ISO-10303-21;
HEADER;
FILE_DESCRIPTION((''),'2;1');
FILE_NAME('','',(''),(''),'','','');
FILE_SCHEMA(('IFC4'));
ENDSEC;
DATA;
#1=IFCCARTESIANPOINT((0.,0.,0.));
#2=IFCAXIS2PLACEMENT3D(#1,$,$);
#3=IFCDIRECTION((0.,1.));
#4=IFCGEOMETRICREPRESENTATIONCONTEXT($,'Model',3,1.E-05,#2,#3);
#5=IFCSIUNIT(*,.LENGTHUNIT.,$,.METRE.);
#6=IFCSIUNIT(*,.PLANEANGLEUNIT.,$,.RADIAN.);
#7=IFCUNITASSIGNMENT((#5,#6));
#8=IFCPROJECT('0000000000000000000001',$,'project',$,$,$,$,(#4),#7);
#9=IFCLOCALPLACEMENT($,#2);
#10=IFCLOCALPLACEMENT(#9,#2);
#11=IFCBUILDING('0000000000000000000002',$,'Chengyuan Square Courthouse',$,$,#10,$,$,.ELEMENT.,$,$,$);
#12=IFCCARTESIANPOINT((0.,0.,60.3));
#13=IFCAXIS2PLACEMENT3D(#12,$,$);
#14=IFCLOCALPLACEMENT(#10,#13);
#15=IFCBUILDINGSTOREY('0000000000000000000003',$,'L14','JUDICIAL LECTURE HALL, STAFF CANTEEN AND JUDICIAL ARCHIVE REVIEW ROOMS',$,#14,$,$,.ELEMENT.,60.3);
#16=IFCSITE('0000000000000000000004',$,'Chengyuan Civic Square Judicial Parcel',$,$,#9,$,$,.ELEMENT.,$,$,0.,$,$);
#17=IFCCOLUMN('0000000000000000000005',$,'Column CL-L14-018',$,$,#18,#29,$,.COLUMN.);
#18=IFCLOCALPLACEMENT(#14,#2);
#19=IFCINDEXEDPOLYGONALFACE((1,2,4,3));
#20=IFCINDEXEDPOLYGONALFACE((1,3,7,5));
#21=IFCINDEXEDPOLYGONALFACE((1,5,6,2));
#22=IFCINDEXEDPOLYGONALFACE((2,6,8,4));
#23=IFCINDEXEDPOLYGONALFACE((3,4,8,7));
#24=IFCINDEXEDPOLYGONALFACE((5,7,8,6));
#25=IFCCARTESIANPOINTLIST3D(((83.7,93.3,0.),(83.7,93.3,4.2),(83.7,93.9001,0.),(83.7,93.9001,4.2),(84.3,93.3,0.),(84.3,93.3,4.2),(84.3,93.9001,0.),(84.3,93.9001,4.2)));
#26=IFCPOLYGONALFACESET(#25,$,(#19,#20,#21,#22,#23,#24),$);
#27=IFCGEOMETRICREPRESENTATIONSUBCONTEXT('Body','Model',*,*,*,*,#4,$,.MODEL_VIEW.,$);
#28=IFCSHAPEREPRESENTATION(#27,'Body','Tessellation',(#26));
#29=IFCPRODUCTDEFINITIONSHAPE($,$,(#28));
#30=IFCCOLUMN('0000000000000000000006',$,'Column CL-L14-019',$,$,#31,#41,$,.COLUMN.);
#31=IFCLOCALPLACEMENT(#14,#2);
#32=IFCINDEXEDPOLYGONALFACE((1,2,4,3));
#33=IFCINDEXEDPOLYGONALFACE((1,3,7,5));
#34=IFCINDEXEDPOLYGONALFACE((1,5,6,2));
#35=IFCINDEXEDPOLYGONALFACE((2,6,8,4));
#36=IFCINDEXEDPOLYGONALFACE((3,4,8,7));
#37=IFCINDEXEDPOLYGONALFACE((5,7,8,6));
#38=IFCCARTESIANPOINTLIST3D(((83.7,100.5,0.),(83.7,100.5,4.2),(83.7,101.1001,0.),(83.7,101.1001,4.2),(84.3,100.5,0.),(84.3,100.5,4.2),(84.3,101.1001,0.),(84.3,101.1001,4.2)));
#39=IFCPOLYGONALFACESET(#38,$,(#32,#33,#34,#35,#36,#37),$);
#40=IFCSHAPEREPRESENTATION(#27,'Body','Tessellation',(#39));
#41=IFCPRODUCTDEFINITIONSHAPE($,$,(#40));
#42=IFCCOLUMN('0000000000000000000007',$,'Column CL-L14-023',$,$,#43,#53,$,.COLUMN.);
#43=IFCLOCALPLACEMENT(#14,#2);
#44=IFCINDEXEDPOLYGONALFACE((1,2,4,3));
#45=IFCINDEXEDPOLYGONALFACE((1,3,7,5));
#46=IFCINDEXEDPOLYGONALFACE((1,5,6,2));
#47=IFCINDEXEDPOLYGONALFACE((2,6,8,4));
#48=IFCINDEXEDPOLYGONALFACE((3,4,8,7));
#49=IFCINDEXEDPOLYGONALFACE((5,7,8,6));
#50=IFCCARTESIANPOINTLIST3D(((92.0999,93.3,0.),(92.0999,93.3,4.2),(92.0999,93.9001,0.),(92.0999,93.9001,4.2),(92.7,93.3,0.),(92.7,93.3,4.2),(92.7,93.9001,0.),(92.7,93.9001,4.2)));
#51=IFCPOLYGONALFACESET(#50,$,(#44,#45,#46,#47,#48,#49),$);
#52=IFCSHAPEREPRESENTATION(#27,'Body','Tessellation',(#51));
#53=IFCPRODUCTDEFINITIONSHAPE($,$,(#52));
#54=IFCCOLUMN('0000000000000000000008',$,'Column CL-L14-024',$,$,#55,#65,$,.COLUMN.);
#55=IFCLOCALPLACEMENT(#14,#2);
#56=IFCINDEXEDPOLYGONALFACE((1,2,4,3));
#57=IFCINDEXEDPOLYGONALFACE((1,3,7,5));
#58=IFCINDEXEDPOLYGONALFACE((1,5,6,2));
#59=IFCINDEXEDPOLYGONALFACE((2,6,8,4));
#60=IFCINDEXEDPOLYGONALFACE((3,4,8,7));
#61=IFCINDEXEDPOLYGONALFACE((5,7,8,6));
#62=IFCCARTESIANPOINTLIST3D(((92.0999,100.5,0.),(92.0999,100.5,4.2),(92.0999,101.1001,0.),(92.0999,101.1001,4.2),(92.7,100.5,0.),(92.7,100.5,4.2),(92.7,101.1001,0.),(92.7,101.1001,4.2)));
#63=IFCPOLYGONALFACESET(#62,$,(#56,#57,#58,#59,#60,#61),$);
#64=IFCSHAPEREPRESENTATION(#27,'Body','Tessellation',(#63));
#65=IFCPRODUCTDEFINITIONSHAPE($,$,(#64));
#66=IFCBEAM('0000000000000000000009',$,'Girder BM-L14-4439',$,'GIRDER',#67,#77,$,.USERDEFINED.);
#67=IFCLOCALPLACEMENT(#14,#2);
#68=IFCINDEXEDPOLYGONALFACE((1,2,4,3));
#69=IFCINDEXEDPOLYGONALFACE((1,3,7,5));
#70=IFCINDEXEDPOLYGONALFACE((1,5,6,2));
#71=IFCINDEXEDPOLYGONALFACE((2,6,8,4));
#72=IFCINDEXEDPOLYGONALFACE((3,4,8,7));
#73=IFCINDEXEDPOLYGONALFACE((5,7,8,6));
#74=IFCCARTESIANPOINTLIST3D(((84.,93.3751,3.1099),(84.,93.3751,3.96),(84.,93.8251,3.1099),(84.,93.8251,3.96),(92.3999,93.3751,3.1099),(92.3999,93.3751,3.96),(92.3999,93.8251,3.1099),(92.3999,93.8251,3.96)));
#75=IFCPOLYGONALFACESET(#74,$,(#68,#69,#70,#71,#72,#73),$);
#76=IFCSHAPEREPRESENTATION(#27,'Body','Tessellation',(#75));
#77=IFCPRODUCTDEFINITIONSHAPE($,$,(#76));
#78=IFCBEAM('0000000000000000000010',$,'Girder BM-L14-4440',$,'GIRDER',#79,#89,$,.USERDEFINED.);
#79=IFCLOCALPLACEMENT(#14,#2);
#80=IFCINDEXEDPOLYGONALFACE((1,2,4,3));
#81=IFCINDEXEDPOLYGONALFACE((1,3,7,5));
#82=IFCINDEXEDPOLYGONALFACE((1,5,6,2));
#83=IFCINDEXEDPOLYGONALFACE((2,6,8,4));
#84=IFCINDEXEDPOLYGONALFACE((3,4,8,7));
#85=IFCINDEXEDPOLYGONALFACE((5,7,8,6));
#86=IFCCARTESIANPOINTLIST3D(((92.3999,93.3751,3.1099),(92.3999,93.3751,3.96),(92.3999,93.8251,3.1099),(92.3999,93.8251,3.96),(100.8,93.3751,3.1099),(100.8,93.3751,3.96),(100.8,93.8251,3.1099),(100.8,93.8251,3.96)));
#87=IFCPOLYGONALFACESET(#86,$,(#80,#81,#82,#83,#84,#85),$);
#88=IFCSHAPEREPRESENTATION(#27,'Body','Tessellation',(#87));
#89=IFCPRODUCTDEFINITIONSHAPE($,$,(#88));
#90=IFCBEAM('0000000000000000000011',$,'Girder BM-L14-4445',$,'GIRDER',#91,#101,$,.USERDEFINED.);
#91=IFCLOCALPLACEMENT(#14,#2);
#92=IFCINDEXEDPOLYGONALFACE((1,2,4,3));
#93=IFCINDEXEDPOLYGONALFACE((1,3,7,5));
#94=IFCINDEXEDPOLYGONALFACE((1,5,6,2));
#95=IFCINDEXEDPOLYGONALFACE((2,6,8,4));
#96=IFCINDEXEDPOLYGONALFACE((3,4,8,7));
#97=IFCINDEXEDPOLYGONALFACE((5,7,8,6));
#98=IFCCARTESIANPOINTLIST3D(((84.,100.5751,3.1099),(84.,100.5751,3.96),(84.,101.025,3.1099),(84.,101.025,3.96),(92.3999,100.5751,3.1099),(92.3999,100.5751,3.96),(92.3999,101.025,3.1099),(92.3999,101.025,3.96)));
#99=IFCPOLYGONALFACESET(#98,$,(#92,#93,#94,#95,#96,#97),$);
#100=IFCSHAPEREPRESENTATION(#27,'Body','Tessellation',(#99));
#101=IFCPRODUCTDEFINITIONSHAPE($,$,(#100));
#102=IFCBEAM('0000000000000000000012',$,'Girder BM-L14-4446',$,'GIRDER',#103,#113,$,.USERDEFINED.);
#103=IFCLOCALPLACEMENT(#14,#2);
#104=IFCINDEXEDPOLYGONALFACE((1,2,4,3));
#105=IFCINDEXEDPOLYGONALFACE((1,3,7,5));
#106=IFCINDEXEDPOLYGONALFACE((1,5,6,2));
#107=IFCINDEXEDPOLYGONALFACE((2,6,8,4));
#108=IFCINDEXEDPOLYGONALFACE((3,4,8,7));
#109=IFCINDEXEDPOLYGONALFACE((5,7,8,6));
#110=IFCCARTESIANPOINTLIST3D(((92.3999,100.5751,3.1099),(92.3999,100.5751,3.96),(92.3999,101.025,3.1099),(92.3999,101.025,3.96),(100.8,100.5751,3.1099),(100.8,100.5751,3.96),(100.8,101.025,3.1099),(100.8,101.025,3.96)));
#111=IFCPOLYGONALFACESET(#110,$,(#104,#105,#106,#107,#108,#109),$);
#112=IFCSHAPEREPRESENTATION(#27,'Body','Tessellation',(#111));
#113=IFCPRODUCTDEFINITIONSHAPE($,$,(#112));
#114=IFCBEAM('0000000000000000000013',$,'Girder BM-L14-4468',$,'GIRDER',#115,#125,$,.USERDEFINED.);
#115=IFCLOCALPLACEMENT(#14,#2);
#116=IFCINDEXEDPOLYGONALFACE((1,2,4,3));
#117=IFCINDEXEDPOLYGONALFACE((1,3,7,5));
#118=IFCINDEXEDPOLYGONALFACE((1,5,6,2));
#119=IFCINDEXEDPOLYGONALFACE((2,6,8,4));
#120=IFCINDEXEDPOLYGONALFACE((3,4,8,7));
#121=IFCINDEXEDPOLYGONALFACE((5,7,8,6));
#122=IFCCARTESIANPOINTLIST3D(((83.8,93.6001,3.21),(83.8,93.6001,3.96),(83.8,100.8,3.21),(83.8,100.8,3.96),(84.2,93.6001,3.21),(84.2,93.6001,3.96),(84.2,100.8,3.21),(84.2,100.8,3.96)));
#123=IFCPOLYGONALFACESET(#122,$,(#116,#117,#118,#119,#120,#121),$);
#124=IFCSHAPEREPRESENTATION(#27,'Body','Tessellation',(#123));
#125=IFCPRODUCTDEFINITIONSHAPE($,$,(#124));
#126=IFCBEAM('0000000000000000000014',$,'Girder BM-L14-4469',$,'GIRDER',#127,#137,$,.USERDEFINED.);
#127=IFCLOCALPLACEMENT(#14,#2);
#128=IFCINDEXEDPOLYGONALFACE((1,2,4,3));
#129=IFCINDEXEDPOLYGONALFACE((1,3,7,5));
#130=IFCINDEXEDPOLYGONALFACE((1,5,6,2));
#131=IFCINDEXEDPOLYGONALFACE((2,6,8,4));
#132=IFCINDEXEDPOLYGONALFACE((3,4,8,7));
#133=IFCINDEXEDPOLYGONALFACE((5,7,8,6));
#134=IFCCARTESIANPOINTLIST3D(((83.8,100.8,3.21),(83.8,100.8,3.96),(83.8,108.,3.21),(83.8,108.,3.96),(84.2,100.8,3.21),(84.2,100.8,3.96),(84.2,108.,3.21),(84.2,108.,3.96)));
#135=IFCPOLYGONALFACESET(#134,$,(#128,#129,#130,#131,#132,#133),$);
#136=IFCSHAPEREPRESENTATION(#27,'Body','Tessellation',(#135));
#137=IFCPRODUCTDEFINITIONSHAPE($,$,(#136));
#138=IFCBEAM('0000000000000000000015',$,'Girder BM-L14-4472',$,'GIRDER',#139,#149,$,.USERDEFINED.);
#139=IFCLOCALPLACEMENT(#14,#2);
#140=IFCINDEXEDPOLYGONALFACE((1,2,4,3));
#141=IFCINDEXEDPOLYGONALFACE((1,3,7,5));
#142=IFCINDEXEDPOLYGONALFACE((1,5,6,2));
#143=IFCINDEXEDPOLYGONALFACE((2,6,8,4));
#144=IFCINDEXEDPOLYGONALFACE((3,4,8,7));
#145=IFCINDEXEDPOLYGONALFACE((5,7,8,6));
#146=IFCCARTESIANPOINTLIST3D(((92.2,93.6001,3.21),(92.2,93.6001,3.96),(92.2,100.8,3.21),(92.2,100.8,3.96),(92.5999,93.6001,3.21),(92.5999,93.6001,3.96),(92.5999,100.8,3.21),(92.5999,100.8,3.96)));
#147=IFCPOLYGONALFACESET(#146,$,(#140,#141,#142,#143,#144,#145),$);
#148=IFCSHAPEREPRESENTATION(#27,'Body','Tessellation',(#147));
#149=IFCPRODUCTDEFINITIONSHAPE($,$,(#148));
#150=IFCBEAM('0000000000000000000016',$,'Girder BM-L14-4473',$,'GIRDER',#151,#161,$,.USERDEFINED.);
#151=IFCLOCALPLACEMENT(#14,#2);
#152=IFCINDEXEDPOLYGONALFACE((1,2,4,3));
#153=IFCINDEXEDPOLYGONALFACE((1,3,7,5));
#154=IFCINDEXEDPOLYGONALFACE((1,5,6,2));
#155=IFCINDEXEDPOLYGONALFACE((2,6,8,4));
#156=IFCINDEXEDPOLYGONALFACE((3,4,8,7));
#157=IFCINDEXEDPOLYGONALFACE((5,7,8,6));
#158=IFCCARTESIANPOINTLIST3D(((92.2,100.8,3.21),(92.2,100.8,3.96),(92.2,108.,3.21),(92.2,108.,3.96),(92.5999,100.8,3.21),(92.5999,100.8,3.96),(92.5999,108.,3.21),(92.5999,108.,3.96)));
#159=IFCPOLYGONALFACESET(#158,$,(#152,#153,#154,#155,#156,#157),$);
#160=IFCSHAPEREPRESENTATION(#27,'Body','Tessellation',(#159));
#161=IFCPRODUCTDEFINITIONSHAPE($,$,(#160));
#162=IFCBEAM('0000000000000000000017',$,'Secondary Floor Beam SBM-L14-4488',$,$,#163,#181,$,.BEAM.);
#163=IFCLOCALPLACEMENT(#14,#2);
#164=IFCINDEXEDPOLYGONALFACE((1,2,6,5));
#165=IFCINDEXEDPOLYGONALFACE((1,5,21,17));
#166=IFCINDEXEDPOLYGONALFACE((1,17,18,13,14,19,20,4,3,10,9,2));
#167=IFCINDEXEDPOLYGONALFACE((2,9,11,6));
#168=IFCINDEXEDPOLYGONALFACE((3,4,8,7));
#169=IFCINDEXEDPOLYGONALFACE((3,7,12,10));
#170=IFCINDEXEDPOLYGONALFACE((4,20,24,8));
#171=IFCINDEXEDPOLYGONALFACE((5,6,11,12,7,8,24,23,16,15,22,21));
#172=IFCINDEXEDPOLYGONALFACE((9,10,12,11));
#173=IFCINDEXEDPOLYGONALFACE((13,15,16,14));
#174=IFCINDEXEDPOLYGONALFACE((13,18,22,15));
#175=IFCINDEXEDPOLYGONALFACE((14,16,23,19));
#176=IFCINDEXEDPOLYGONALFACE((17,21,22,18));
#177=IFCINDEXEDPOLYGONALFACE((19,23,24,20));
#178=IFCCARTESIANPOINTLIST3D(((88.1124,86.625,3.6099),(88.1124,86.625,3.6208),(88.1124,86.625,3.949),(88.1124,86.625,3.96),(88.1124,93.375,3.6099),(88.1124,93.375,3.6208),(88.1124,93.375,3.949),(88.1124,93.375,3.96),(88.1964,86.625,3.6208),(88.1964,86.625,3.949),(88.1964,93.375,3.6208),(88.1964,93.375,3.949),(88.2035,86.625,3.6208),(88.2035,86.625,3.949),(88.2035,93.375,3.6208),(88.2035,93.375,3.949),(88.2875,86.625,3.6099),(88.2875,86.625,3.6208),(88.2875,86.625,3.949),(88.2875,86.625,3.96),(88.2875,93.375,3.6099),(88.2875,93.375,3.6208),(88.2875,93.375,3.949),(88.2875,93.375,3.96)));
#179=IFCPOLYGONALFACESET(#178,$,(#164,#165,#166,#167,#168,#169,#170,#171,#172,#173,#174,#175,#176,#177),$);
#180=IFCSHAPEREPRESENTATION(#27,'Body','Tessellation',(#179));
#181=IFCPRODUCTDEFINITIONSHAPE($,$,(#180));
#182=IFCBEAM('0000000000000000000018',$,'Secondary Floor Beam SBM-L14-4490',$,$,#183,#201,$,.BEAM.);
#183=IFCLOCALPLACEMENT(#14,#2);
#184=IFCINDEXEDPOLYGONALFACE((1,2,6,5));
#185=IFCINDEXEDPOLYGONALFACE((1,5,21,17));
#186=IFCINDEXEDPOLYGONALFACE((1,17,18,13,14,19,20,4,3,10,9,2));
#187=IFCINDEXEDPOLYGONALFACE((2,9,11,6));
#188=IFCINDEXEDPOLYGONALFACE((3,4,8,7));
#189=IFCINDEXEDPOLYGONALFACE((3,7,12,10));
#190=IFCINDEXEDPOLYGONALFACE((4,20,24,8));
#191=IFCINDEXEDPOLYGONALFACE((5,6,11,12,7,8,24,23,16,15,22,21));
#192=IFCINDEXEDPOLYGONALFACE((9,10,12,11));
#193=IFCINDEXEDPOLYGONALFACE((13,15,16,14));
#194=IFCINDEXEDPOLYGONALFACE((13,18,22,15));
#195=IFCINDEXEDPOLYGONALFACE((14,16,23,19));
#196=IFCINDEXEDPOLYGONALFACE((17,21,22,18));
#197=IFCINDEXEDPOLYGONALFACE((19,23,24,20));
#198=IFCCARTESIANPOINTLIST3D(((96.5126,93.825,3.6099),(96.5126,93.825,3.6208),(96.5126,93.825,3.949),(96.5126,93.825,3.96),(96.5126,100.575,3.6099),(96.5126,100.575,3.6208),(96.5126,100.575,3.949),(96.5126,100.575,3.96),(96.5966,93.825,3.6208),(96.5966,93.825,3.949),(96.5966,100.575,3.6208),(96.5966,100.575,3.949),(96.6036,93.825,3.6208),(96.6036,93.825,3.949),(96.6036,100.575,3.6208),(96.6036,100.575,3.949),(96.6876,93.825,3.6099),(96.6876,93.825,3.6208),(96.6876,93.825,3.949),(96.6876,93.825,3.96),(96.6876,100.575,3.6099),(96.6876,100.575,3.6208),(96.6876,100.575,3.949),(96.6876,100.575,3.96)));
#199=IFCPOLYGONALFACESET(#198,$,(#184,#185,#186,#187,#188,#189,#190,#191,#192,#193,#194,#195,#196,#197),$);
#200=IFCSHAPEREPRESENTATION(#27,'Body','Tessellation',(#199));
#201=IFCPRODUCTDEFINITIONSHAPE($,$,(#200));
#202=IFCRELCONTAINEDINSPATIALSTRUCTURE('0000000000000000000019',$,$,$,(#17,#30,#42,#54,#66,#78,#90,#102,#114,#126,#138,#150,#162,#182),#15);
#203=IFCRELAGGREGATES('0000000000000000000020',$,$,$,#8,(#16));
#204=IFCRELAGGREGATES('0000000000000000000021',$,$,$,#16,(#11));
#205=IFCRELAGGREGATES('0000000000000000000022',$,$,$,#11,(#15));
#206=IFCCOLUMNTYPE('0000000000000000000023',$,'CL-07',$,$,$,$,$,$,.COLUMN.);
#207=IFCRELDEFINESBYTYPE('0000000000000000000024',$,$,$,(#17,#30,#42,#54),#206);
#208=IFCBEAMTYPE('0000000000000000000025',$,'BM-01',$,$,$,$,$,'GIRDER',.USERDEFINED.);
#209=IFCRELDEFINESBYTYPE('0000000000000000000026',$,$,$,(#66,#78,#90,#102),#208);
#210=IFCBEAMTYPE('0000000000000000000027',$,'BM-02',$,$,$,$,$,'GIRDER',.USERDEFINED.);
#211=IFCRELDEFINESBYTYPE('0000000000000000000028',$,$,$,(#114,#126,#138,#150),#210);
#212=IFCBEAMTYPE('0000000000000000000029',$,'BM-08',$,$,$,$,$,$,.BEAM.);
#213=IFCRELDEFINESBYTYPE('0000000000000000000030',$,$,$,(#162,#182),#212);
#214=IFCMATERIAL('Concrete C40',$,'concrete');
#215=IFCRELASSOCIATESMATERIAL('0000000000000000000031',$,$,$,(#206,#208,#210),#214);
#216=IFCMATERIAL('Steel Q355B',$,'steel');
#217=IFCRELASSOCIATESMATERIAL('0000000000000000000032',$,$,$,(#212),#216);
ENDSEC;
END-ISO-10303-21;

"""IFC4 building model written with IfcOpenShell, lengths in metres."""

from ifc_helpers import new_model, si_unit, direction, frame, origin, origin_2d, place, context, subcontext, project, spatial, rectangle, i_section, extrude, material, material_profile, profile_set, type_object, element, save


model = new_model("IFC4")

# Units and contexts
model_context = context("Model", 3, precision=1e-05, world=origin(), true_north=direction((0.0, 1.0)))
body_context = subcontext(model_context, "Body", "Model", "MODEL_VIEW")
ifc_project = project(units=[si_unit("LENGTHUNIT", "METRE"), si_unit("PLANEANGLEUNIT", "RADIAN")], contexts=[model_context])

# Site, building, storey
site_placement = place(None, origin())
site = spatial("IfcSite", under=ifc_project, at=site_placement, Name="Chengyuan Civic Square Judicial Parcel", CompositionType="ELEMENT", RefElevation=0.0)
building_placement = place(site_placement, origin())
building = spatial("IfcBuilding", under=site, at=building_placement, Name="Chengyuan Square Courthouse", CompositionType="ELEMENT")
storey_placement = place(building_placement, frame((0.0, 0.0, 60.3)))
storey = spatial("IfcBuildingStorey", under=building, at=storey_placement, Name="L14", Description="JUDICIAL LECTURE HALL, STAFF CANTEEN AND JUDICIAL ARCHIVE REVIEW ROOMS", CompositionType="ELEMENT", Elevation=60.3)

# Columns
ifc_material_1 = material(Name="Concrete C40", Category="concrete")
ifc_material_profile_1 = material_profile(ifc_material_1, rectangle(XDim=0.6001, YDim=0.6001, at=origin_2d()), Name="RC-COL-600x600")
ifc_profile_set_1 = profile_set([ifc_material_profile_1], Name="Concrete C40")
column_type = type_object("IfcColumnType", Name="CL-07", PredefinedType="COLUMN", material=ifc_profile_set_1)
for number, where, z_axis, x_axis, name in (
    (1, (84.0, 93.6001, 0.0), (0.0, 0.0, 1.0), (1.0, 0.0, 0.0), "Column CL-L14-018"),
    (2, (84.0, 100.8, 0.0), (0.0, 0.0, 1.0), (1.0, 0.0, 0.0), "Column CL-L14-019"),
    (3, (92.3999, 93.6001, 0.0), (0.0, 0.0, 1.0), (1.0, 0.0, 0.0), "Column CL-L14-023"),
    (4, (92.3999, 100.8, 0.0), (0.0, 0.0, 1.0), (1.0, 0.0, 0.0), "Column CL-L14-024"),
):
    element("IfcColumn", number, at=place(storey_placement, frame(where, z_axis=z_axis, x_axis=x_axis)), inside=storey, type_object=column_type, Name=name, PredefinedType="COLUMN", context=body_context, shape_type="SweptSolid", body=[
        extrude(rectangle(XDim=0.6001, YDim=0.6001, at=origin_2d()), origin(), (0.0, 0.0, 1.0), 4.2),
    ])

# Beams
ifc_material_profile_2 = material_profile(ifc_material_1, rectangle(XDim=0.45, YDim=0.8501, at=origin_2d()), Name="RC-BM-450x850")
ifc_profile_set_2 = profile_set([ifc_material_profile_2], Name="Concrete C40")
beam_type_1 = type_object("IfcBeamType", Name="BM-01", ElementType="GIRDER", PredefinedType="USERDEFINED", material=ifc_profile_set_2)
beam_1_placement = place(storey_placement, frame((84.0, 93.6001, 3.5349), z_axis=(1.0, 0.0, 0.0), x_axis=(0.0, 1.0, 0.0)))
element("IfcBeam", 5, at=beam_1_placement, inside=storey, type_object=beam_type_1, Name="Girder BM-L14-4439", ObjectType="GIRDER", PredefinedType="USERDEFINED", context=body_context, shape_type="SweptSolid", body=[
    extrude(rectangle(XDim=0.45, YDim=0.8501, at=origin_2d()), origin(), (0.0, 0.0, 1.0), 8.3999),
])
beam_2_placement = place(storey_placement, frame((92.3999, 93.6001, 3.5349), z_axis=(1.0, 0.0, 0.0), x_axis=(0.0, 1.0, 0.0)))
element("IfcBeam", 6, at=beam_2_placement, inside=storey, type_object=beam_type_1, Name="Girder BM-L14-4440", ObjectType="GIRDER", PredefinedType="USERDEFINED", context=body_context, shape_type="SweptSolid", body=[
    extrude(rectangle(XDim=0.45, YDim=0.8501, at=origin_2d()), origin(), (0.0, 0.0, 1.0), 8.4001),
])
beam_3_placement = place(storey_placement, frame((84.0, 100.8, 3.5349), z_axis=(1.0, 0.0, 0.0), x_axis=(0.0, 1.0, 0.0)))
element("IfcBeam", 7, at=beam_3_placement, inside=storey, type_object=beam_type_1, Name="Girder BM-L14-4445", ObjectType="GIRDER", PredefinedType="USERDEFINED", context=body_context, shape_type="SweptSolid", body=[
    extrude(rectangle(XDim=0.45, YDim=0.8501, at=origin_2d()), origin(), (0.0, 0.0, 1.0), 8.3999),
])
beam_4_placement = place(storey_placement, frame((92.3999, 100.8, 3.5349), z_axis=(1.0, 0.0, 0.0), x_axis=(0.0, 1.0, 0.0)))
element("IfcBeam", 8, at=beam_4_placement, inside=storey, type_object=beam_type_1, Name="Girder BM-L14-4446", ObjectType="GIRDER", PredefinedType="USERDEFINED", context=body_context, shape_type="SweptSolid", body=[
    extrude(rectangle(XDim=0.45, YDim=0.8501, at=origin_2d()), origin(), (0.0, 0.0, 1.0), 8.4001),
])
ifc_material_profile_3 = material_profile(ifc_material_1, rectangle(XDim=0.3999, YDim=0.75, at=origin_2d()), Name="RC-BM-400x750")
ifc_profile_set_3 = profile_set([ifc_material_profile_3], Name="Concrete C40")
beam_type_2 = type_object("IfcBeamType", Name="BM-02", ElementType="GIRDER", PredefinedType="USERDEFINED", material=ifc_profile_set_3)
for number, where, z_axis, x_axis, name in (
    (9, (84.0, 93.6001, 3.585), (0.0, 1.0, 0.0), (-1.0, 0.0, 0.0), "Girder BM-L14-4468"),
    (10, (84.0, 100.8, 3.585), (0.0, 1.0, 0.0), (-1.0, 0.0, 0.0), "Girder BM-L14-4469"),
    (11, (92.3999, 93.6001, 3.585), (0.0, 1.0, 0.0), (-1.0, 0.0, 0.0), "Girder BM-L14-4472"),
    (12, (92.3999, 100.8, 3.585), (0.0, 1.0, 0.0), (-1.0, 0.0, 0.0), "Girder BM-L14-4473"),
):
    element("IfcBeam", number, at=place(storey_placement, frame(where, z_axis=z_axis, x_axis=x_axis)), inside=storey, type_object=beam_type_2, Name=name, ObjectType="GIRDER", PredefinedType="USERDEFINED", context=body_context, shape_type="SweptSolid", body=[
        extrude(rectangle(XDim=0.3999, YDim=0.75, at=origin_2d()), origin(), (0.0, 0.0, 1.0), 7.2),
    ])
ifc_material_2 = material(Name="Steel Q355B", Category="steel")
ifc_material_profile_4 = material_profile(ifc_material_2, i_section(OverallWidth=0.175, OverallDepth=0.3501, WebThickness=0.0071, FlangeThickness=0.011, at=origin_2d()), Name="HN 350x175x7x11")
ifc_profile_set_4 = profile_set([ifc_material_profile_4], Name="Steel Q355B")
beam_type_3 = type_object("IfcBeamType", Name="BM-08", PredefinedType="BEAM", material=ifc_profile_set_4)
for number, where, z_axis, x_axis, name in (
    (13, (88.2, 86.625, 3.7849), (0.0, 1.0, 0.0), (-1.0, 0.0, 0.0), "Secondary Floor Beam SBM-L14-4488"),
    (14, (96.6001, 93.825, 3.7849), (0.0, 1.0, 0.0), (-1.0, 0.0, 0.0), "Secondary Floor Beam SBM-L14-4490"),
):
    element("IfcBeam", number, at=place(storey_placement, frame(where, z_axis=z_axis, x_axis=x_axis)), inside=storey, type_object=beam_type_3, Name=name, PredefinedType="BEAM", context=body_context, shape_type="SweptSolid", body=[
        extrude(i_section(OverallWidth=0.175, OverallDepth=0.3501, WebThickness=0.0071, FlangeThickness=0.011, at=origin_2d()), origin(), (0.0, 0.0, 1.0), 6.75),
    ])

save(model, "model.ifc")
